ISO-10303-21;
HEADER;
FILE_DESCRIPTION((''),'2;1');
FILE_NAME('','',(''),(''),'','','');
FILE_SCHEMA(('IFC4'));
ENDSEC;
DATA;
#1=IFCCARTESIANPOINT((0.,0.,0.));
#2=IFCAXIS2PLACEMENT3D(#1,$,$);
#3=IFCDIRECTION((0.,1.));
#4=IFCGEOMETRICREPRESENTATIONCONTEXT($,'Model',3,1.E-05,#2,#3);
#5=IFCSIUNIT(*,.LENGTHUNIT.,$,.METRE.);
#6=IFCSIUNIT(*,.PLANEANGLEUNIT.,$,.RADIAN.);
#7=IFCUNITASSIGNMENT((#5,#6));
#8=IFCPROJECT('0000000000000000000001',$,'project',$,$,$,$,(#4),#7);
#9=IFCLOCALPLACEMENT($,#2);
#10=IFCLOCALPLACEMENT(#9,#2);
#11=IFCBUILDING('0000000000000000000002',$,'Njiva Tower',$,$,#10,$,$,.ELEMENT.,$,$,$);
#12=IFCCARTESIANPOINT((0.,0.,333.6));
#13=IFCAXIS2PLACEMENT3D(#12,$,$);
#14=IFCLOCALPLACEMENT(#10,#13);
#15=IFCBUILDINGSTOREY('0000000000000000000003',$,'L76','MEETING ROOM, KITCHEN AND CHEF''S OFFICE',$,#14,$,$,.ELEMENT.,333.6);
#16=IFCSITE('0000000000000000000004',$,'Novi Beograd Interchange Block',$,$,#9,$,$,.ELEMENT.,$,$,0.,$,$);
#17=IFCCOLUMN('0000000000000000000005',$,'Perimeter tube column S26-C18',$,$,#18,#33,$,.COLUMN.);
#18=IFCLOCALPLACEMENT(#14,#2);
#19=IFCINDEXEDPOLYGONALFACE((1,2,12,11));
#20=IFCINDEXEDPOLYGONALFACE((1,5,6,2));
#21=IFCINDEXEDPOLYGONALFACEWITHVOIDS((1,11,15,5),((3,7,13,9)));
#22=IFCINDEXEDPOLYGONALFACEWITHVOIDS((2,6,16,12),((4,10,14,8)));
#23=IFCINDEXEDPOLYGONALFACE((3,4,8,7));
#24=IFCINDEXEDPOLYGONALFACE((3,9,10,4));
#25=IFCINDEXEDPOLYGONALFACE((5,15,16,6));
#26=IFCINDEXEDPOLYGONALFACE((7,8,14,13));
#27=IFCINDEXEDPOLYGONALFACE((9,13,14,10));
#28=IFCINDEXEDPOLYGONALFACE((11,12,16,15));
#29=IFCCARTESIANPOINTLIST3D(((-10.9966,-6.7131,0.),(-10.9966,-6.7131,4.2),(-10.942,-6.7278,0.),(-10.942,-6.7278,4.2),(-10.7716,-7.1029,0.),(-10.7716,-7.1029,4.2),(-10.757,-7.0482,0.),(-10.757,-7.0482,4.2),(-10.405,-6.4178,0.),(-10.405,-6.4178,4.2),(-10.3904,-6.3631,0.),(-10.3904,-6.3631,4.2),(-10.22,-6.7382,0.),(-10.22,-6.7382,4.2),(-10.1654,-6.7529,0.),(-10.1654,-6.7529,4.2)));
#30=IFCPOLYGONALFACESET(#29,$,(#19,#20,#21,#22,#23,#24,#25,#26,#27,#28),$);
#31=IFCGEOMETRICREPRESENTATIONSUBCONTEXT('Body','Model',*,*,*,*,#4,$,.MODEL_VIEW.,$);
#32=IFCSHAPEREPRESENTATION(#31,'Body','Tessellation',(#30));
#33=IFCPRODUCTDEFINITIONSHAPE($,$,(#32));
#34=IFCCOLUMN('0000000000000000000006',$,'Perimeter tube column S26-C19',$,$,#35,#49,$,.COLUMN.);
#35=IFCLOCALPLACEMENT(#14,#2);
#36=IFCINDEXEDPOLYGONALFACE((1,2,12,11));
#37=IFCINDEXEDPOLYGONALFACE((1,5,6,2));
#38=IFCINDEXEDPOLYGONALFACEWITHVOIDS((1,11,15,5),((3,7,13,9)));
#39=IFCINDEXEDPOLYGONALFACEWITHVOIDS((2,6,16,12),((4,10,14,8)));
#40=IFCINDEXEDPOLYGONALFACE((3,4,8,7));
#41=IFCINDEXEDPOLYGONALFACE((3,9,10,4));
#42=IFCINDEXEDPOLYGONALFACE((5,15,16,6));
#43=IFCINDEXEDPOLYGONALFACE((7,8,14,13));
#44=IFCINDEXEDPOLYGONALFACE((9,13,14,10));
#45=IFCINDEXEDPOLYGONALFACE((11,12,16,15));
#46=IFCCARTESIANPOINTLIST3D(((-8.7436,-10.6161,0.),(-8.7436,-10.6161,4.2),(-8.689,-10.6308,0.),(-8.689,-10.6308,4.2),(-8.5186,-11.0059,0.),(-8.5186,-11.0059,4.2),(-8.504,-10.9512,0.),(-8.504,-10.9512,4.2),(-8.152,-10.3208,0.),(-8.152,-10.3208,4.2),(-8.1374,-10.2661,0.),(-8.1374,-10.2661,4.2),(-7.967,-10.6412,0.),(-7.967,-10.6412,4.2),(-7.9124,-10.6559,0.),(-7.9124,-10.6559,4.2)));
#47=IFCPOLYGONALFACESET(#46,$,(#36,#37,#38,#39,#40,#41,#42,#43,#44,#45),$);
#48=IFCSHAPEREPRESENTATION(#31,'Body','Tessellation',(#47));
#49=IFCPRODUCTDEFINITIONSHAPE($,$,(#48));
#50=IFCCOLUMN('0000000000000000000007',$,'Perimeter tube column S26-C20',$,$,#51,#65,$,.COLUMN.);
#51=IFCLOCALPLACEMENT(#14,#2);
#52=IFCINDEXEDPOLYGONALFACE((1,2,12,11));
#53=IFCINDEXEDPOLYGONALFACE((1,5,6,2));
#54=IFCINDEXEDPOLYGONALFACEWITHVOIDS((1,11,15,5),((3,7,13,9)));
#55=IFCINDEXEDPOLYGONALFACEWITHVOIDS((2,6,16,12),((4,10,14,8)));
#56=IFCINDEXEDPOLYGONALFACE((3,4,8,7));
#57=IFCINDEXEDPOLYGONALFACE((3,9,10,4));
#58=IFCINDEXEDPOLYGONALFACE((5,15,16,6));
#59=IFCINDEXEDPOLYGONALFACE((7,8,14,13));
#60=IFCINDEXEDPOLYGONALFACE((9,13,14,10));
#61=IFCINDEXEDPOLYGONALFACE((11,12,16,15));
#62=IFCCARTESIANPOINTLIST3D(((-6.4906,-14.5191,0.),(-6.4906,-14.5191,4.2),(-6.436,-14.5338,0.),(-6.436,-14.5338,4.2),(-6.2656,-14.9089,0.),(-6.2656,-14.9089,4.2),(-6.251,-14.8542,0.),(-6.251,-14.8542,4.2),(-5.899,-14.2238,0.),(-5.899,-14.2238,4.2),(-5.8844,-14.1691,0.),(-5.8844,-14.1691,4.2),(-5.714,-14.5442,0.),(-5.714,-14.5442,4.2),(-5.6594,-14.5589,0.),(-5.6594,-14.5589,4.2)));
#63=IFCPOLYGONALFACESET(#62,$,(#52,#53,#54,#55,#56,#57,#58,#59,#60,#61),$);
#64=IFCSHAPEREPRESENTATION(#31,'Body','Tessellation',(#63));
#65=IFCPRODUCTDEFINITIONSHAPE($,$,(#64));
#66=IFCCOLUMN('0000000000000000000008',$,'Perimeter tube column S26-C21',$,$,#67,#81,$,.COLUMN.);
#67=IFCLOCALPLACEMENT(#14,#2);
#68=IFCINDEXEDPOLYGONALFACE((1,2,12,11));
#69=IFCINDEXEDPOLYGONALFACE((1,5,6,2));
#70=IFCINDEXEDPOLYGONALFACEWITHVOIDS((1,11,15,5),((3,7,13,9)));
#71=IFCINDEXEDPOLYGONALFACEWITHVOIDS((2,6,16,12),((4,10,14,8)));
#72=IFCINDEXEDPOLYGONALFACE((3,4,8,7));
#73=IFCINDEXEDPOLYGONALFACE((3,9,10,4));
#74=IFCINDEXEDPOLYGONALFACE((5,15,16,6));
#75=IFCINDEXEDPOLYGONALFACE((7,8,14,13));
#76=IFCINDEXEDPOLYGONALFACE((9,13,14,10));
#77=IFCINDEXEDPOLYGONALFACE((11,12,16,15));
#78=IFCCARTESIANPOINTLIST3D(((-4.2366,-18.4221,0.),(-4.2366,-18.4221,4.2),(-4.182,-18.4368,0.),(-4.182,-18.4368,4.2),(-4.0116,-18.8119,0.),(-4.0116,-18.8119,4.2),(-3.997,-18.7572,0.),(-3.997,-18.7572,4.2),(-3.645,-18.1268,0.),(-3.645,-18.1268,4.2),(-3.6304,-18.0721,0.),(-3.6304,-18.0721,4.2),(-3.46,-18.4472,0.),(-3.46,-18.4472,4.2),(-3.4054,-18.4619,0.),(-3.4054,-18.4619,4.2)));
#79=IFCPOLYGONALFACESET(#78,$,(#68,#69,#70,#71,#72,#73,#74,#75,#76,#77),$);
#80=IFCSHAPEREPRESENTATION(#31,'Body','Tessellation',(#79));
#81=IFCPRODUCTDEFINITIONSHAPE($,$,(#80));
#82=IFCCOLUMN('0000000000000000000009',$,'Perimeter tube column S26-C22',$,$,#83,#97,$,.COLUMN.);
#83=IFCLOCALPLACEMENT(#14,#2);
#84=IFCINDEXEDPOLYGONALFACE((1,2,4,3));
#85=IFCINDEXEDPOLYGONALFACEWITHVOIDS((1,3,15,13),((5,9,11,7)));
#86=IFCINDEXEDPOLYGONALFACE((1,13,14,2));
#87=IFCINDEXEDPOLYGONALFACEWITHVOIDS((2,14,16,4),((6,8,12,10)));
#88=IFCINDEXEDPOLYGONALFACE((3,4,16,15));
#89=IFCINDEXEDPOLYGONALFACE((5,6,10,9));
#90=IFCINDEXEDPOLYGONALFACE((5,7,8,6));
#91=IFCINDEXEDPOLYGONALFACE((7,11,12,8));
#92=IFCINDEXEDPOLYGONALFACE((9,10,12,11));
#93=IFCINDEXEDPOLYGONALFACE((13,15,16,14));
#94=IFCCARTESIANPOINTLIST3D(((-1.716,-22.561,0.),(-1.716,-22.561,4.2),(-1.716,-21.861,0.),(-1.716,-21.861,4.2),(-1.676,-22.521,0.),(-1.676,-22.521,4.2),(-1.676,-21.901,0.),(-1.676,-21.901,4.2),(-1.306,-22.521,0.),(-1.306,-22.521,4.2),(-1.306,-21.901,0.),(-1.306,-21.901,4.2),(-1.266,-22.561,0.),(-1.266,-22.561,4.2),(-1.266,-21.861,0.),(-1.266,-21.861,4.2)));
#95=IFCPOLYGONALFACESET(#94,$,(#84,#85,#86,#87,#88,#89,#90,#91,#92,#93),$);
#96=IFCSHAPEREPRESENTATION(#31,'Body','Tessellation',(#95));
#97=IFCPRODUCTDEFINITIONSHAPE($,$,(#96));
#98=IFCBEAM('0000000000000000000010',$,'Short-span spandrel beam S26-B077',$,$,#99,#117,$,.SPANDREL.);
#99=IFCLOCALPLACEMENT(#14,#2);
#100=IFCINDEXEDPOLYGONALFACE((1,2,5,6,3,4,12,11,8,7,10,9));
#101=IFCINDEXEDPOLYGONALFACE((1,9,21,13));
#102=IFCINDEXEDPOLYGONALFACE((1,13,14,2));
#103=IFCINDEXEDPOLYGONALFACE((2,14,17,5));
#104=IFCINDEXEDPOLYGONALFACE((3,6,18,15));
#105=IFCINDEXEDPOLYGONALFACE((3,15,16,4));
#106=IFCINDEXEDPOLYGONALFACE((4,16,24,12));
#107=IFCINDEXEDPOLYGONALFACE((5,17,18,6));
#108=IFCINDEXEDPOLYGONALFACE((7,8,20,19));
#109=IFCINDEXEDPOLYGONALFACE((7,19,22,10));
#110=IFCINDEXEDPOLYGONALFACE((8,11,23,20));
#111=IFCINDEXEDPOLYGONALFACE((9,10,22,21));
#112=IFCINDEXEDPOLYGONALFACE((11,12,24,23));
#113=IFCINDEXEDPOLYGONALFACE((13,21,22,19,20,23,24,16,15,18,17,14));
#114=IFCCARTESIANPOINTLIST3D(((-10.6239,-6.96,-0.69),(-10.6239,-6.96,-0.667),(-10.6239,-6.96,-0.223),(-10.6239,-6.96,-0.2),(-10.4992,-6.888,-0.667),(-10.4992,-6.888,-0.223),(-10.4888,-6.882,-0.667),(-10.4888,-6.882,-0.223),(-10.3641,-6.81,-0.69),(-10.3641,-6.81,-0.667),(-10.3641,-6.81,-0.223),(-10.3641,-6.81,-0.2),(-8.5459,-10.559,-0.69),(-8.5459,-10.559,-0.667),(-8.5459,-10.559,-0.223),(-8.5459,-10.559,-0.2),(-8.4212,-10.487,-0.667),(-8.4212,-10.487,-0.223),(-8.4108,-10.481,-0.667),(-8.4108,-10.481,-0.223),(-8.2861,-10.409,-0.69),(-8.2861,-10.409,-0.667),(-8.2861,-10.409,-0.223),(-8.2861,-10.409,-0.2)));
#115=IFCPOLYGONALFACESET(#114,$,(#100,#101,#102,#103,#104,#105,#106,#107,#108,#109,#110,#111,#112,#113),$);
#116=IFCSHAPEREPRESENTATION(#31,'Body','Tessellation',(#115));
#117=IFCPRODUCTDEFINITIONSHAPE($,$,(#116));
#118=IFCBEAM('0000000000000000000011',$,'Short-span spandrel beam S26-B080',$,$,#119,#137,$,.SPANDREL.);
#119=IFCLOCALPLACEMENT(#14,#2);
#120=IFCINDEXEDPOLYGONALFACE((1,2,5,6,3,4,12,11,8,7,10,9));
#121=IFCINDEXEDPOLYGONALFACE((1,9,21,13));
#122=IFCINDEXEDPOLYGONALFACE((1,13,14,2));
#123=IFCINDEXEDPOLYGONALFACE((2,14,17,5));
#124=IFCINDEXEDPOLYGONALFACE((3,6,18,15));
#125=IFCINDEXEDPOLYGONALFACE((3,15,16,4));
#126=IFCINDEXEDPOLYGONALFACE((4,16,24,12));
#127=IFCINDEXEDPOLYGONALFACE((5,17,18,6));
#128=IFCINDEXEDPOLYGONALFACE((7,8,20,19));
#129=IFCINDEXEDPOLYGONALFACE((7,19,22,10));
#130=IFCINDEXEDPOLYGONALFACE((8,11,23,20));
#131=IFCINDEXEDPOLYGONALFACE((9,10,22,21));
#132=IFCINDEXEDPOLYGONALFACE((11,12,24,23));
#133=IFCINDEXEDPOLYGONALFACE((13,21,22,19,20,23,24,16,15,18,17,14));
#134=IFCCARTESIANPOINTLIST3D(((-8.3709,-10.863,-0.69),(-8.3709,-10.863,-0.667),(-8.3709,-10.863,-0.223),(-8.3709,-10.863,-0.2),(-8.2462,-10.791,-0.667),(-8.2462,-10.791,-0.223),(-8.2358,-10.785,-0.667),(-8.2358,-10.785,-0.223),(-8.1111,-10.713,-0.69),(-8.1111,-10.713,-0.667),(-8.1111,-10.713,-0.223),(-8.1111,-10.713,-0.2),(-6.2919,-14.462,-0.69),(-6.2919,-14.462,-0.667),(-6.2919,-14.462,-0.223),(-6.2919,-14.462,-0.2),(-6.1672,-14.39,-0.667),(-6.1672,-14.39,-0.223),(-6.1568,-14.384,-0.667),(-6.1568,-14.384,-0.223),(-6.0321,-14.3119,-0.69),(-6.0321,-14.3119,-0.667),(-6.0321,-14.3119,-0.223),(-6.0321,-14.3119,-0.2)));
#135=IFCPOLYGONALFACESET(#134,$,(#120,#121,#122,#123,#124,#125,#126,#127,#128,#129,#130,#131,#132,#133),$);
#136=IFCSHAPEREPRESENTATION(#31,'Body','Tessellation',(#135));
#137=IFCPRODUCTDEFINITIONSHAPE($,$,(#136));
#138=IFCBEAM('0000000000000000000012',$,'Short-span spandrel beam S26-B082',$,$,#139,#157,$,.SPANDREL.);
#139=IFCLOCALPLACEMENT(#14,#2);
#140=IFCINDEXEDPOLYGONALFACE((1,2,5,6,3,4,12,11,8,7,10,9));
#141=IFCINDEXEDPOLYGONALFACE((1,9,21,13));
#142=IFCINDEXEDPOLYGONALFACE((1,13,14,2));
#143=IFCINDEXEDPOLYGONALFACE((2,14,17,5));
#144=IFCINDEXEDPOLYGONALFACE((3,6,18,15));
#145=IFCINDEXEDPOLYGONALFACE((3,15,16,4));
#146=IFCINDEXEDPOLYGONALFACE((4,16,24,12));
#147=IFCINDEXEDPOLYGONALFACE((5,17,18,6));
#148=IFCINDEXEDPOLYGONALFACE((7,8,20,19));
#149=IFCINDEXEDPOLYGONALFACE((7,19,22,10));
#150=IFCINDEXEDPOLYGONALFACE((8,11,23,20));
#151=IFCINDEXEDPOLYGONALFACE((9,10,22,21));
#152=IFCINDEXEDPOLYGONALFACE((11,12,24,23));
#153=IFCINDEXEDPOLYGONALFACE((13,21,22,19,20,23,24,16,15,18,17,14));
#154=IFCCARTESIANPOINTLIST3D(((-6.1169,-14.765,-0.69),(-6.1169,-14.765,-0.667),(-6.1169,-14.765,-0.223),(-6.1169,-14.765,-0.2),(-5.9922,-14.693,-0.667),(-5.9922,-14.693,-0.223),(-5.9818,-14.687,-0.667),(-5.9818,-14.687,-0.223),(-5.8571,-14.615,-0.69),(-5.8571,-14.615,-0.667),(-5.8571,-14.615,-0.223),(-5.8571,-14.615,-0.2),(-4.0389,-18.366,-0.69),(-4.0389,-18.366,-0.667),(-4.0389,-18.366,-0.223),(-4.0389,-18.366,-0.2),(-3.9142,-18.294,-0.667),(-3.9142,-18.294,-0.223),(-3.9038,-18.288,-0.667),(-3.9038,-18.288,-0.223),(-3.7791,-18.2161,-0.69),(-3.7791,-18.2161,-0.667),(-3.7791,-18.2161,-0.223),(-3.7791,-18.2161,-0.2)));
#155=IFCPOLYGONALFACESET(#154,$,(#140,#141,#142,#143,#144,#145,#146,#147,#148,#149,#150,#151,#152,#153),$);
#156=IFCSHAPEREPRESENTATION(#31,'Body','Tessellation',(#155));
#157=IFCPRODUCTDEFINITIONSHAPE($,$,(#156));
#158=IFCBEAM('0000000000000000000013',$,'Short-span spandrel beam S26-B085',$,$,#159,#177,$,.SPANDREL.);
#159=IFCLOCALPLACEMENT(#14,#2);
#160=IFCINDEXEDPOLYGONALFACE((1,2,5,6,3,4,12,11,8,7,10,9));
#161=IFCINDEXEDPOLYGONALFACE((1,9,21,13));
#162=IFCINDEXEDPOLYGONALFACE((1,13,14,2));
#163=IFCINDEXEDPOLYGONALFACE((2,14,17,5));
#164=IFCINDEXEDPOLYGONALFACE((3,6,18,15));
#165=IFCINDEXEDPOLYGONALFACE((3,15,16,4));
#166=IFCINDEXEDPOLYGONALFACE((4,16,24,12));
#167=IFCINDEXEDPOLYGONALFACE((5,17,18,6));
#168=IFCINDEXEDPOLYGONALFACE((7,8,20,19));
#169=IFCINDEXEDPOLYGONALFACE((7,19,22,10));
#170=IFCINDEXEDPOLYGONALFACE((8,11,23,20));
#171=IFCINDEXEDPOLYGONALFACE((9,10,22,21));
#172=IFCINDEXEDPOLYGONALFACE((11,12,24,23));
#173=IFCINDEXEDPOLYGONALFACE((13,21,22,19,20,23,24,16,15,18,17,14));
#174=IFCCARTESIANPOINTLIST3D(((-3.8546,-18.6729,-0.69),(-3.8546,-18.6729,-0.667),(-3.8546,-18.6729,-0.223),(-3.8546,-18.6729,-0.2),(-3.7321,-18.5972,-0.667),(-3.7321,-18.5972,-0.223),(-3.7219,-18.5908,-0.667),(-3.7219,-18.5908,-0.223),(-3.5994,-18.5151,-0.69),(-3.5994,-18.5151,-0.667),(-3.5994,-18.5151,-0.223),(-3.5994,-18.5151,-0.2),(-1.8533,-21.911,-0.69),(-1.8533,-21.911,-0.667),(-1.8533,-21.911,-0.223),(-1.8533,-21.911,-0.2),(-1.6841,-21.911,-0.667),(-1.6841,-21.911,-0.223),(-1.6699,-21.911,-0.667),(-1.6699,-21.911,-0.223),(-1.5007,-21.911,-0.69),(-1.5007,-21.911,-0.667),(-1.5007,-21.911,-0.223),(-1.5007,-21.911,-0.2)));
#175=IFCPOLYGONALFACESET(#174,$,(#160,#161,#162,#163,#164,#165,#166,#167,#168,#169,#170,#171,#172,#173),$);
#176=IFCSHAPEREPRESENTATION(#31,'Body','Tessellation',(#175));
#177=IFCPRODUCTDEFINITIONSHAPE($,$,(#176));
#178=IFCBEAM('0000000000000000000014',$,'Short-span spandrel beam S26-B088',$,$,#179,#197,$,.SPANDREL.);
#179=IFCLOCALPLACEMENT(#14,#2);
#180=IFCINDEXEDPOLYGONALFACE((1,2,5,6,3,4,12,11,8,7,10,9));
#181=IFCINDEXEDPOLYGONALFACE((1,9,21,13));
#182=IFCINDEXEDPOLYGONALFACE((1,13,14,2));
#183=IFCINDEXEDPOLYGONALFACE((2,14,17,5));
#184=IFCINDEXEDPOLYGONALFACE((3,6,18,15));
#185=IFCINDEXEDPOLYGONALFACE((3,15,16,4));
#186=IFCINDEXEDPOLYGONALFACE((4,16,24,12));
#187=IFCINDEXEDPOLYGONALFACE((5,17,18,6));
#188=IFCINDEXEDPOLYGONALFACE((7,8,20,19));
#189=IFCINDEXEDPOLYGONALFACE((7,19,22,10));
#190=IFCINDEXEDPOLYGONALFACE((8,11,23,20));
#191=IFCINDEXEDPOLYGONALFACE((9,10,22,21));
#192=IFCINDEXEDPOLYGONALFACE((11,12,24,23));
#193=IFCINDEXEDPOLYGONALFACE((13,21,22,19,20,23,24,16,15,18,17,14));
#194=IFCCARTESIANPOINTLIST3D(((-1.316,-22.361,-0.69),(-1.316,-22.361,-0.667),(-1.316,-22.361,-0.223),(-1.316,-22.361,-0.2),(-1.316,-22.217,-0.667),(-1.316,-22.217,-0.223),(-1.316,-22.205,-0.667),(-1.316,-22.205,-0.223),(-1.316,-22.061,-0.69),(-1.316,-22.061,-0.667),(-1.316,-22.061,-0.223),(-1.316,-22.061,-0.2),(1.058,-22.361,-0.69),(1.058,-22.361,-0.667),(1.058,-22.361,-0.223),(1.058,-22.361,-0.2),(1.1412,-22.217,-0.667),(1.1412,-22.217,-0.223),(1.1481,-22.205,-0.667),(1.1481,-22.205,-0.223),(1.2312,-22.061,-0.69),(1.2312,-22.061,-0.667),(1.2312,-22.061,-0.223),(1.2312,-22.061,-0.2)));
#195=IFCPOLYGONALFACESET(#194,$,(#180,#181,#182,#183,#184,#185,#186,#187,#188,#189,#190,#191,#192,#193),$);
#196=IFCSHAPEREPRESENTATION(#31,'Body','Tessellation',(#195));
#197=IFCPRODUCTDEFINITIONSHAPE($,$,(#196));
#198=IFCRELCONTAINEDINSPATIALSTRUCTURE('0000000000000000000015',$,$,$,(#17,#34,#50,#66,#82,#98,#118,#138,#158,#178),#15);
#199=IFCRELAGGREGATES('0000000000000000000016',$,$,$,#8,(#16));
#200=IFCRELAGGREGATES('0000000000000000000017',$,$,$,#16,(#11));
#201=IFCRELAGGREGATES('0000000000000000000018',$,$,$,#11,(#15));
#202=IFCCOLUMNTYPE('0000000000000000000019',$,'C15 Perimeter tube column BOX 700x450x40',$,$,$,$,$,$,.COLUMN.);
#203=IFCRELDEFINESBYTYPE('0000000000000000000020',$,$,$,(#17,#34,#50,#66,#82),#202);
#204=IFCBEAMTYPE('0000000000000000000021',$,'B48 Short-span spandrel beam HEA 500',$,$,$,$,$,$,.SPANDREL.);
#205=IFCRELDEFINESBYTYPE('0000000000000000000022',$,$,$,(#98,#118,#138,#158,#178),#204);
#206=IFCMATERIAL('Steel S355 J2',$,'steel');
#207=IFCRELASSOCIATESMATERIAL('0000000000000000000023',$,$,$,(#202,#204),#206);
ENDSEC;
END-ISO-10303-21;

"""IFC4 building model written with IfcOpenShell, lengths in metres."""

from ifc_helpers import new_model, si_unit, direction, frame, origin, origin_2d, place, context, subcontext, project, spatial, hollow_rectangle, i_section, extrude, clip, halfspace, material, material_profile, profile_set, type_object, element, save


model = new_model("IFC4")

# Units and contexts
model_context = context("Model", 3, precision=1e-05, world=origin(), true_north=direction((0.0, 1.0)))
body_context = subcontext(model_context, "Body", "Model", "MODEL_VIEW")
ifc_project = project(units=[si_unit("LENGTHUNIT", "METRE"), si_unit("PLANEANGLEUNIT", "RADIAN")], contexts=[model_context])

# Site, building, storey
site_placement = place(None, origin())
site = spatial("IfcSite", under=ifc_project, at=site_placement, Name="Novi Beograd Interchange Block", CompositionType="ELEMENT", RefElevation=0.0)
building_placement = place(site_placement, origin())
building = spatial("IfcBuilding", under=site, at=building_placement, Name="Njiva Tower", CompositionType="ELEMENT")
storey_placement = place(building_placement, frame((0.0, 0.0, 333.6)))
storey = spatial("IfcBuildingStorey", under=building, at=storey_placement, Name="L76", Description="MEETING ROOM, KITCHEN AND CHEF'S OFFICE", CompositionType="ELEMENT", Elevation=333.6)

# Columns
ifc_material_1 = material(Name="Steel S355 J2", Category="steel")
ifc_material_profile_1 = material_profile(ifc_material_1, hollow_rectangle(XDim=0.45, YDim=0.7, WallThickness=0.04, at=origin_2d()), Name="BOX 700x450x40")
ifc_profile_set_1 = profile_set([ifc_material_profile_1], Name="Steel S355 J2")
column_type = type_object("IfcColumnType", Name="C15 Perimeter tube column BOX 700x450x40", PredefinedType="COLUMN", material=ifc_profile_set_1)
for number, where, z_axis, x_axis, name in (
    (1, (-10.581, -6.733, 0.0), (0.0, 0.0, 1.0), (0.5, -0.866025, 0.0), "Perimeter tube column S26-C18"),
    (2, (-8.328, -10.636, 0.0), (0.0, 0.0, 1.0), (0.5, -0.866025, 0.0), "Perimeter tube column S26-C19"),
    (3, (-6.075, -14.539, 0.0), (0.0, 0.0, 1.0), (0.5, -0.866025, 0.0), "Perimeter tube column S26-C20"),
    (4, (-3.821, -18.442, 0.0), (0.0, 0.0, 1.0), (0.5, -0.866025, 0.0), "Perimeter tube column S26-C21"),
    (5, (-1.491, -22.211, 0.0), (0.0, 0.0, 1.0), (1.0, 0.0, 0.0), "Perimeter tube column S26-C22"),
):
    element("IfcColumn", number, at=place(storey_placement, frame(where, z_axis=z_axis, x_axis=x_axis)), inside=storey, type_object=column_type, Name=name, PredefinedType="COLUMN", context=body_context, shape_type="SweptSolid", body=[
        extrude(hollow_rectangle(XDim=0.45, YDim=0.7, WallThickness=0.04, at=origin_2d()), origin(), (0.0, 0.0, 1.0), 4.2),
    ])

# Beams
ifc_material_profile_2 = material_profile(ifc_material_1, i_section(OverallWidth=0.3, OverallDepth=0.49, WebThickness=0.012, FlangeThickness=0.023, at=origin_2d()), Name="HEA 500")
ifc_profile_set_2 = profile_set([ifc_material_profile_2], Name="Steel S355 J2")
beam_type_1 = type_object("IfcBeamType", Name="B48 Short-span spandrel beam HEA 500", PredefinedType="SPANDREL", material=ifc_profile_set_2)
beam_1_placement = place(storey_placement, frame((-10.494, -6.885, -0.445), z_axis=(0.500021, -0.866013, 0.0), x_axis=(0.866013, 0.500021, 0.0)))
element("IfcBeam", 6, at=beam_1_placement, inside=storey, type_object=beam_type_1, Name="Short-span spandrel beam S26-B077", PredefinedType="SPANDREL", context=body_context, shape_type="SweptSolid", body=[
    extrude(i_section(OverallWidth=0.3, OverallDepth=0.49, WebThickness=0.012, FlangeThickness=0.023, at=origin_2d()), origin(), (0.0, 0.0, 1.0), 4.1558),
])
beam_2_placement = place(storey_placement, frame((-8.241, -10.788, -0.445), z_axis=(0.500201, -0.865909, 0.0), x_axis=(0.865909, 0.500201, 0.0)))
element("IfcBeam", 7, at=beam_2_placement, inside=storey, type_object=beam_type_1, Name="Short-span spandrel beam S26-B080", PredefinedType="SPANDREL", context=body_context, shape_type="SweptSolid", body=[
    extrude(i_section(OverallWidth=0.3, OverallDepth=0.49, WebThickness=0.012, FlangeThickness=0.023, at=origin_2d()), origin(), (0.0, 0.0, 1.0), 4.1563),
])
beam_3_placement = place(storey_placement, frame((-5.987, -14.69, -0.445), z_axis=(0.499813, -0.866134, 0.0), x_axis=(0.866134, 0.499813, 0.0)))
element("IfcBeam", 8, at=beam_3_placement, inside=storey, type_object=beam_type_1, Name="Short-span spandrel beam S26-B082", PredefinedType="SPANDREL", context=body_context, shape_type="SweptSolid", body=[
    extrude(i_section(OverallWidth=0.3, OverallDepth=0.49, WebThickness=0.012, FlangeThickness=0.023, at=origin_2d()), origin(), (0.0, 0.0, 1.0), 4.1576),
])
beam_4_placement = place(storey_placement, frame((-3.727, -18.594, -0.445), z_axis=(0.525728, -0.850653, 0.0), x_axis=(0.850653, 0.525728, 0.0)))
element("IfcBeam", 9, at=beam_4_placement, inside=storey, type_object=beam_type_1, Name="Short-span spandrel beam S26-B085", PredefinedType="SPANDREL", context=body_context, shape_type="Clipping", body=[
    clip(extrude(i_section(OverallWidth=0.3, OverallDepth=0.49, WebThickness=0.012, FlangeThickness=0.023, at=origin_2d()), origin(), (0.0, 0.0, 1.0), 4.0124), halfspace(frame((-0.0263, 0.0, 3.8831), z_axis=(-0.525728, 0.0, 0.850653), x_axis=(0.0, 1.0, 0.0)), False)),
])
beam_5_placement = place(storey_placement, frame((-1.316, -22.211, -0.445), z_axis=(1.0, 0.0, 0.0), x_axis=(0.0, 1.0, 0.0)))
element("IfcBeam", 10, at=beam_5_placement, inside=storey, type_object=beam_type_1, Name="Short-span spandrel beam S26-B088", PredefinedType="SPANDREL", context=body_context, shape_type="Clipping", body=[
    clip(extrude(i_section(OverallWidth=0.3, OverallDepth=0.49, WebThickness=0.012, FlangeThickness=0.023, at=origin_2d()), origin(), (0.0, 0.0, 1.0), 2.567), halfspace(frame((-0.0255, 0.0, 2.4459), z_axis=(-0.499998, 0.0, 0.866027), x_axis=(0.0, 1.0, 0.0)), False)),
])

save(model, "model.ifc")
